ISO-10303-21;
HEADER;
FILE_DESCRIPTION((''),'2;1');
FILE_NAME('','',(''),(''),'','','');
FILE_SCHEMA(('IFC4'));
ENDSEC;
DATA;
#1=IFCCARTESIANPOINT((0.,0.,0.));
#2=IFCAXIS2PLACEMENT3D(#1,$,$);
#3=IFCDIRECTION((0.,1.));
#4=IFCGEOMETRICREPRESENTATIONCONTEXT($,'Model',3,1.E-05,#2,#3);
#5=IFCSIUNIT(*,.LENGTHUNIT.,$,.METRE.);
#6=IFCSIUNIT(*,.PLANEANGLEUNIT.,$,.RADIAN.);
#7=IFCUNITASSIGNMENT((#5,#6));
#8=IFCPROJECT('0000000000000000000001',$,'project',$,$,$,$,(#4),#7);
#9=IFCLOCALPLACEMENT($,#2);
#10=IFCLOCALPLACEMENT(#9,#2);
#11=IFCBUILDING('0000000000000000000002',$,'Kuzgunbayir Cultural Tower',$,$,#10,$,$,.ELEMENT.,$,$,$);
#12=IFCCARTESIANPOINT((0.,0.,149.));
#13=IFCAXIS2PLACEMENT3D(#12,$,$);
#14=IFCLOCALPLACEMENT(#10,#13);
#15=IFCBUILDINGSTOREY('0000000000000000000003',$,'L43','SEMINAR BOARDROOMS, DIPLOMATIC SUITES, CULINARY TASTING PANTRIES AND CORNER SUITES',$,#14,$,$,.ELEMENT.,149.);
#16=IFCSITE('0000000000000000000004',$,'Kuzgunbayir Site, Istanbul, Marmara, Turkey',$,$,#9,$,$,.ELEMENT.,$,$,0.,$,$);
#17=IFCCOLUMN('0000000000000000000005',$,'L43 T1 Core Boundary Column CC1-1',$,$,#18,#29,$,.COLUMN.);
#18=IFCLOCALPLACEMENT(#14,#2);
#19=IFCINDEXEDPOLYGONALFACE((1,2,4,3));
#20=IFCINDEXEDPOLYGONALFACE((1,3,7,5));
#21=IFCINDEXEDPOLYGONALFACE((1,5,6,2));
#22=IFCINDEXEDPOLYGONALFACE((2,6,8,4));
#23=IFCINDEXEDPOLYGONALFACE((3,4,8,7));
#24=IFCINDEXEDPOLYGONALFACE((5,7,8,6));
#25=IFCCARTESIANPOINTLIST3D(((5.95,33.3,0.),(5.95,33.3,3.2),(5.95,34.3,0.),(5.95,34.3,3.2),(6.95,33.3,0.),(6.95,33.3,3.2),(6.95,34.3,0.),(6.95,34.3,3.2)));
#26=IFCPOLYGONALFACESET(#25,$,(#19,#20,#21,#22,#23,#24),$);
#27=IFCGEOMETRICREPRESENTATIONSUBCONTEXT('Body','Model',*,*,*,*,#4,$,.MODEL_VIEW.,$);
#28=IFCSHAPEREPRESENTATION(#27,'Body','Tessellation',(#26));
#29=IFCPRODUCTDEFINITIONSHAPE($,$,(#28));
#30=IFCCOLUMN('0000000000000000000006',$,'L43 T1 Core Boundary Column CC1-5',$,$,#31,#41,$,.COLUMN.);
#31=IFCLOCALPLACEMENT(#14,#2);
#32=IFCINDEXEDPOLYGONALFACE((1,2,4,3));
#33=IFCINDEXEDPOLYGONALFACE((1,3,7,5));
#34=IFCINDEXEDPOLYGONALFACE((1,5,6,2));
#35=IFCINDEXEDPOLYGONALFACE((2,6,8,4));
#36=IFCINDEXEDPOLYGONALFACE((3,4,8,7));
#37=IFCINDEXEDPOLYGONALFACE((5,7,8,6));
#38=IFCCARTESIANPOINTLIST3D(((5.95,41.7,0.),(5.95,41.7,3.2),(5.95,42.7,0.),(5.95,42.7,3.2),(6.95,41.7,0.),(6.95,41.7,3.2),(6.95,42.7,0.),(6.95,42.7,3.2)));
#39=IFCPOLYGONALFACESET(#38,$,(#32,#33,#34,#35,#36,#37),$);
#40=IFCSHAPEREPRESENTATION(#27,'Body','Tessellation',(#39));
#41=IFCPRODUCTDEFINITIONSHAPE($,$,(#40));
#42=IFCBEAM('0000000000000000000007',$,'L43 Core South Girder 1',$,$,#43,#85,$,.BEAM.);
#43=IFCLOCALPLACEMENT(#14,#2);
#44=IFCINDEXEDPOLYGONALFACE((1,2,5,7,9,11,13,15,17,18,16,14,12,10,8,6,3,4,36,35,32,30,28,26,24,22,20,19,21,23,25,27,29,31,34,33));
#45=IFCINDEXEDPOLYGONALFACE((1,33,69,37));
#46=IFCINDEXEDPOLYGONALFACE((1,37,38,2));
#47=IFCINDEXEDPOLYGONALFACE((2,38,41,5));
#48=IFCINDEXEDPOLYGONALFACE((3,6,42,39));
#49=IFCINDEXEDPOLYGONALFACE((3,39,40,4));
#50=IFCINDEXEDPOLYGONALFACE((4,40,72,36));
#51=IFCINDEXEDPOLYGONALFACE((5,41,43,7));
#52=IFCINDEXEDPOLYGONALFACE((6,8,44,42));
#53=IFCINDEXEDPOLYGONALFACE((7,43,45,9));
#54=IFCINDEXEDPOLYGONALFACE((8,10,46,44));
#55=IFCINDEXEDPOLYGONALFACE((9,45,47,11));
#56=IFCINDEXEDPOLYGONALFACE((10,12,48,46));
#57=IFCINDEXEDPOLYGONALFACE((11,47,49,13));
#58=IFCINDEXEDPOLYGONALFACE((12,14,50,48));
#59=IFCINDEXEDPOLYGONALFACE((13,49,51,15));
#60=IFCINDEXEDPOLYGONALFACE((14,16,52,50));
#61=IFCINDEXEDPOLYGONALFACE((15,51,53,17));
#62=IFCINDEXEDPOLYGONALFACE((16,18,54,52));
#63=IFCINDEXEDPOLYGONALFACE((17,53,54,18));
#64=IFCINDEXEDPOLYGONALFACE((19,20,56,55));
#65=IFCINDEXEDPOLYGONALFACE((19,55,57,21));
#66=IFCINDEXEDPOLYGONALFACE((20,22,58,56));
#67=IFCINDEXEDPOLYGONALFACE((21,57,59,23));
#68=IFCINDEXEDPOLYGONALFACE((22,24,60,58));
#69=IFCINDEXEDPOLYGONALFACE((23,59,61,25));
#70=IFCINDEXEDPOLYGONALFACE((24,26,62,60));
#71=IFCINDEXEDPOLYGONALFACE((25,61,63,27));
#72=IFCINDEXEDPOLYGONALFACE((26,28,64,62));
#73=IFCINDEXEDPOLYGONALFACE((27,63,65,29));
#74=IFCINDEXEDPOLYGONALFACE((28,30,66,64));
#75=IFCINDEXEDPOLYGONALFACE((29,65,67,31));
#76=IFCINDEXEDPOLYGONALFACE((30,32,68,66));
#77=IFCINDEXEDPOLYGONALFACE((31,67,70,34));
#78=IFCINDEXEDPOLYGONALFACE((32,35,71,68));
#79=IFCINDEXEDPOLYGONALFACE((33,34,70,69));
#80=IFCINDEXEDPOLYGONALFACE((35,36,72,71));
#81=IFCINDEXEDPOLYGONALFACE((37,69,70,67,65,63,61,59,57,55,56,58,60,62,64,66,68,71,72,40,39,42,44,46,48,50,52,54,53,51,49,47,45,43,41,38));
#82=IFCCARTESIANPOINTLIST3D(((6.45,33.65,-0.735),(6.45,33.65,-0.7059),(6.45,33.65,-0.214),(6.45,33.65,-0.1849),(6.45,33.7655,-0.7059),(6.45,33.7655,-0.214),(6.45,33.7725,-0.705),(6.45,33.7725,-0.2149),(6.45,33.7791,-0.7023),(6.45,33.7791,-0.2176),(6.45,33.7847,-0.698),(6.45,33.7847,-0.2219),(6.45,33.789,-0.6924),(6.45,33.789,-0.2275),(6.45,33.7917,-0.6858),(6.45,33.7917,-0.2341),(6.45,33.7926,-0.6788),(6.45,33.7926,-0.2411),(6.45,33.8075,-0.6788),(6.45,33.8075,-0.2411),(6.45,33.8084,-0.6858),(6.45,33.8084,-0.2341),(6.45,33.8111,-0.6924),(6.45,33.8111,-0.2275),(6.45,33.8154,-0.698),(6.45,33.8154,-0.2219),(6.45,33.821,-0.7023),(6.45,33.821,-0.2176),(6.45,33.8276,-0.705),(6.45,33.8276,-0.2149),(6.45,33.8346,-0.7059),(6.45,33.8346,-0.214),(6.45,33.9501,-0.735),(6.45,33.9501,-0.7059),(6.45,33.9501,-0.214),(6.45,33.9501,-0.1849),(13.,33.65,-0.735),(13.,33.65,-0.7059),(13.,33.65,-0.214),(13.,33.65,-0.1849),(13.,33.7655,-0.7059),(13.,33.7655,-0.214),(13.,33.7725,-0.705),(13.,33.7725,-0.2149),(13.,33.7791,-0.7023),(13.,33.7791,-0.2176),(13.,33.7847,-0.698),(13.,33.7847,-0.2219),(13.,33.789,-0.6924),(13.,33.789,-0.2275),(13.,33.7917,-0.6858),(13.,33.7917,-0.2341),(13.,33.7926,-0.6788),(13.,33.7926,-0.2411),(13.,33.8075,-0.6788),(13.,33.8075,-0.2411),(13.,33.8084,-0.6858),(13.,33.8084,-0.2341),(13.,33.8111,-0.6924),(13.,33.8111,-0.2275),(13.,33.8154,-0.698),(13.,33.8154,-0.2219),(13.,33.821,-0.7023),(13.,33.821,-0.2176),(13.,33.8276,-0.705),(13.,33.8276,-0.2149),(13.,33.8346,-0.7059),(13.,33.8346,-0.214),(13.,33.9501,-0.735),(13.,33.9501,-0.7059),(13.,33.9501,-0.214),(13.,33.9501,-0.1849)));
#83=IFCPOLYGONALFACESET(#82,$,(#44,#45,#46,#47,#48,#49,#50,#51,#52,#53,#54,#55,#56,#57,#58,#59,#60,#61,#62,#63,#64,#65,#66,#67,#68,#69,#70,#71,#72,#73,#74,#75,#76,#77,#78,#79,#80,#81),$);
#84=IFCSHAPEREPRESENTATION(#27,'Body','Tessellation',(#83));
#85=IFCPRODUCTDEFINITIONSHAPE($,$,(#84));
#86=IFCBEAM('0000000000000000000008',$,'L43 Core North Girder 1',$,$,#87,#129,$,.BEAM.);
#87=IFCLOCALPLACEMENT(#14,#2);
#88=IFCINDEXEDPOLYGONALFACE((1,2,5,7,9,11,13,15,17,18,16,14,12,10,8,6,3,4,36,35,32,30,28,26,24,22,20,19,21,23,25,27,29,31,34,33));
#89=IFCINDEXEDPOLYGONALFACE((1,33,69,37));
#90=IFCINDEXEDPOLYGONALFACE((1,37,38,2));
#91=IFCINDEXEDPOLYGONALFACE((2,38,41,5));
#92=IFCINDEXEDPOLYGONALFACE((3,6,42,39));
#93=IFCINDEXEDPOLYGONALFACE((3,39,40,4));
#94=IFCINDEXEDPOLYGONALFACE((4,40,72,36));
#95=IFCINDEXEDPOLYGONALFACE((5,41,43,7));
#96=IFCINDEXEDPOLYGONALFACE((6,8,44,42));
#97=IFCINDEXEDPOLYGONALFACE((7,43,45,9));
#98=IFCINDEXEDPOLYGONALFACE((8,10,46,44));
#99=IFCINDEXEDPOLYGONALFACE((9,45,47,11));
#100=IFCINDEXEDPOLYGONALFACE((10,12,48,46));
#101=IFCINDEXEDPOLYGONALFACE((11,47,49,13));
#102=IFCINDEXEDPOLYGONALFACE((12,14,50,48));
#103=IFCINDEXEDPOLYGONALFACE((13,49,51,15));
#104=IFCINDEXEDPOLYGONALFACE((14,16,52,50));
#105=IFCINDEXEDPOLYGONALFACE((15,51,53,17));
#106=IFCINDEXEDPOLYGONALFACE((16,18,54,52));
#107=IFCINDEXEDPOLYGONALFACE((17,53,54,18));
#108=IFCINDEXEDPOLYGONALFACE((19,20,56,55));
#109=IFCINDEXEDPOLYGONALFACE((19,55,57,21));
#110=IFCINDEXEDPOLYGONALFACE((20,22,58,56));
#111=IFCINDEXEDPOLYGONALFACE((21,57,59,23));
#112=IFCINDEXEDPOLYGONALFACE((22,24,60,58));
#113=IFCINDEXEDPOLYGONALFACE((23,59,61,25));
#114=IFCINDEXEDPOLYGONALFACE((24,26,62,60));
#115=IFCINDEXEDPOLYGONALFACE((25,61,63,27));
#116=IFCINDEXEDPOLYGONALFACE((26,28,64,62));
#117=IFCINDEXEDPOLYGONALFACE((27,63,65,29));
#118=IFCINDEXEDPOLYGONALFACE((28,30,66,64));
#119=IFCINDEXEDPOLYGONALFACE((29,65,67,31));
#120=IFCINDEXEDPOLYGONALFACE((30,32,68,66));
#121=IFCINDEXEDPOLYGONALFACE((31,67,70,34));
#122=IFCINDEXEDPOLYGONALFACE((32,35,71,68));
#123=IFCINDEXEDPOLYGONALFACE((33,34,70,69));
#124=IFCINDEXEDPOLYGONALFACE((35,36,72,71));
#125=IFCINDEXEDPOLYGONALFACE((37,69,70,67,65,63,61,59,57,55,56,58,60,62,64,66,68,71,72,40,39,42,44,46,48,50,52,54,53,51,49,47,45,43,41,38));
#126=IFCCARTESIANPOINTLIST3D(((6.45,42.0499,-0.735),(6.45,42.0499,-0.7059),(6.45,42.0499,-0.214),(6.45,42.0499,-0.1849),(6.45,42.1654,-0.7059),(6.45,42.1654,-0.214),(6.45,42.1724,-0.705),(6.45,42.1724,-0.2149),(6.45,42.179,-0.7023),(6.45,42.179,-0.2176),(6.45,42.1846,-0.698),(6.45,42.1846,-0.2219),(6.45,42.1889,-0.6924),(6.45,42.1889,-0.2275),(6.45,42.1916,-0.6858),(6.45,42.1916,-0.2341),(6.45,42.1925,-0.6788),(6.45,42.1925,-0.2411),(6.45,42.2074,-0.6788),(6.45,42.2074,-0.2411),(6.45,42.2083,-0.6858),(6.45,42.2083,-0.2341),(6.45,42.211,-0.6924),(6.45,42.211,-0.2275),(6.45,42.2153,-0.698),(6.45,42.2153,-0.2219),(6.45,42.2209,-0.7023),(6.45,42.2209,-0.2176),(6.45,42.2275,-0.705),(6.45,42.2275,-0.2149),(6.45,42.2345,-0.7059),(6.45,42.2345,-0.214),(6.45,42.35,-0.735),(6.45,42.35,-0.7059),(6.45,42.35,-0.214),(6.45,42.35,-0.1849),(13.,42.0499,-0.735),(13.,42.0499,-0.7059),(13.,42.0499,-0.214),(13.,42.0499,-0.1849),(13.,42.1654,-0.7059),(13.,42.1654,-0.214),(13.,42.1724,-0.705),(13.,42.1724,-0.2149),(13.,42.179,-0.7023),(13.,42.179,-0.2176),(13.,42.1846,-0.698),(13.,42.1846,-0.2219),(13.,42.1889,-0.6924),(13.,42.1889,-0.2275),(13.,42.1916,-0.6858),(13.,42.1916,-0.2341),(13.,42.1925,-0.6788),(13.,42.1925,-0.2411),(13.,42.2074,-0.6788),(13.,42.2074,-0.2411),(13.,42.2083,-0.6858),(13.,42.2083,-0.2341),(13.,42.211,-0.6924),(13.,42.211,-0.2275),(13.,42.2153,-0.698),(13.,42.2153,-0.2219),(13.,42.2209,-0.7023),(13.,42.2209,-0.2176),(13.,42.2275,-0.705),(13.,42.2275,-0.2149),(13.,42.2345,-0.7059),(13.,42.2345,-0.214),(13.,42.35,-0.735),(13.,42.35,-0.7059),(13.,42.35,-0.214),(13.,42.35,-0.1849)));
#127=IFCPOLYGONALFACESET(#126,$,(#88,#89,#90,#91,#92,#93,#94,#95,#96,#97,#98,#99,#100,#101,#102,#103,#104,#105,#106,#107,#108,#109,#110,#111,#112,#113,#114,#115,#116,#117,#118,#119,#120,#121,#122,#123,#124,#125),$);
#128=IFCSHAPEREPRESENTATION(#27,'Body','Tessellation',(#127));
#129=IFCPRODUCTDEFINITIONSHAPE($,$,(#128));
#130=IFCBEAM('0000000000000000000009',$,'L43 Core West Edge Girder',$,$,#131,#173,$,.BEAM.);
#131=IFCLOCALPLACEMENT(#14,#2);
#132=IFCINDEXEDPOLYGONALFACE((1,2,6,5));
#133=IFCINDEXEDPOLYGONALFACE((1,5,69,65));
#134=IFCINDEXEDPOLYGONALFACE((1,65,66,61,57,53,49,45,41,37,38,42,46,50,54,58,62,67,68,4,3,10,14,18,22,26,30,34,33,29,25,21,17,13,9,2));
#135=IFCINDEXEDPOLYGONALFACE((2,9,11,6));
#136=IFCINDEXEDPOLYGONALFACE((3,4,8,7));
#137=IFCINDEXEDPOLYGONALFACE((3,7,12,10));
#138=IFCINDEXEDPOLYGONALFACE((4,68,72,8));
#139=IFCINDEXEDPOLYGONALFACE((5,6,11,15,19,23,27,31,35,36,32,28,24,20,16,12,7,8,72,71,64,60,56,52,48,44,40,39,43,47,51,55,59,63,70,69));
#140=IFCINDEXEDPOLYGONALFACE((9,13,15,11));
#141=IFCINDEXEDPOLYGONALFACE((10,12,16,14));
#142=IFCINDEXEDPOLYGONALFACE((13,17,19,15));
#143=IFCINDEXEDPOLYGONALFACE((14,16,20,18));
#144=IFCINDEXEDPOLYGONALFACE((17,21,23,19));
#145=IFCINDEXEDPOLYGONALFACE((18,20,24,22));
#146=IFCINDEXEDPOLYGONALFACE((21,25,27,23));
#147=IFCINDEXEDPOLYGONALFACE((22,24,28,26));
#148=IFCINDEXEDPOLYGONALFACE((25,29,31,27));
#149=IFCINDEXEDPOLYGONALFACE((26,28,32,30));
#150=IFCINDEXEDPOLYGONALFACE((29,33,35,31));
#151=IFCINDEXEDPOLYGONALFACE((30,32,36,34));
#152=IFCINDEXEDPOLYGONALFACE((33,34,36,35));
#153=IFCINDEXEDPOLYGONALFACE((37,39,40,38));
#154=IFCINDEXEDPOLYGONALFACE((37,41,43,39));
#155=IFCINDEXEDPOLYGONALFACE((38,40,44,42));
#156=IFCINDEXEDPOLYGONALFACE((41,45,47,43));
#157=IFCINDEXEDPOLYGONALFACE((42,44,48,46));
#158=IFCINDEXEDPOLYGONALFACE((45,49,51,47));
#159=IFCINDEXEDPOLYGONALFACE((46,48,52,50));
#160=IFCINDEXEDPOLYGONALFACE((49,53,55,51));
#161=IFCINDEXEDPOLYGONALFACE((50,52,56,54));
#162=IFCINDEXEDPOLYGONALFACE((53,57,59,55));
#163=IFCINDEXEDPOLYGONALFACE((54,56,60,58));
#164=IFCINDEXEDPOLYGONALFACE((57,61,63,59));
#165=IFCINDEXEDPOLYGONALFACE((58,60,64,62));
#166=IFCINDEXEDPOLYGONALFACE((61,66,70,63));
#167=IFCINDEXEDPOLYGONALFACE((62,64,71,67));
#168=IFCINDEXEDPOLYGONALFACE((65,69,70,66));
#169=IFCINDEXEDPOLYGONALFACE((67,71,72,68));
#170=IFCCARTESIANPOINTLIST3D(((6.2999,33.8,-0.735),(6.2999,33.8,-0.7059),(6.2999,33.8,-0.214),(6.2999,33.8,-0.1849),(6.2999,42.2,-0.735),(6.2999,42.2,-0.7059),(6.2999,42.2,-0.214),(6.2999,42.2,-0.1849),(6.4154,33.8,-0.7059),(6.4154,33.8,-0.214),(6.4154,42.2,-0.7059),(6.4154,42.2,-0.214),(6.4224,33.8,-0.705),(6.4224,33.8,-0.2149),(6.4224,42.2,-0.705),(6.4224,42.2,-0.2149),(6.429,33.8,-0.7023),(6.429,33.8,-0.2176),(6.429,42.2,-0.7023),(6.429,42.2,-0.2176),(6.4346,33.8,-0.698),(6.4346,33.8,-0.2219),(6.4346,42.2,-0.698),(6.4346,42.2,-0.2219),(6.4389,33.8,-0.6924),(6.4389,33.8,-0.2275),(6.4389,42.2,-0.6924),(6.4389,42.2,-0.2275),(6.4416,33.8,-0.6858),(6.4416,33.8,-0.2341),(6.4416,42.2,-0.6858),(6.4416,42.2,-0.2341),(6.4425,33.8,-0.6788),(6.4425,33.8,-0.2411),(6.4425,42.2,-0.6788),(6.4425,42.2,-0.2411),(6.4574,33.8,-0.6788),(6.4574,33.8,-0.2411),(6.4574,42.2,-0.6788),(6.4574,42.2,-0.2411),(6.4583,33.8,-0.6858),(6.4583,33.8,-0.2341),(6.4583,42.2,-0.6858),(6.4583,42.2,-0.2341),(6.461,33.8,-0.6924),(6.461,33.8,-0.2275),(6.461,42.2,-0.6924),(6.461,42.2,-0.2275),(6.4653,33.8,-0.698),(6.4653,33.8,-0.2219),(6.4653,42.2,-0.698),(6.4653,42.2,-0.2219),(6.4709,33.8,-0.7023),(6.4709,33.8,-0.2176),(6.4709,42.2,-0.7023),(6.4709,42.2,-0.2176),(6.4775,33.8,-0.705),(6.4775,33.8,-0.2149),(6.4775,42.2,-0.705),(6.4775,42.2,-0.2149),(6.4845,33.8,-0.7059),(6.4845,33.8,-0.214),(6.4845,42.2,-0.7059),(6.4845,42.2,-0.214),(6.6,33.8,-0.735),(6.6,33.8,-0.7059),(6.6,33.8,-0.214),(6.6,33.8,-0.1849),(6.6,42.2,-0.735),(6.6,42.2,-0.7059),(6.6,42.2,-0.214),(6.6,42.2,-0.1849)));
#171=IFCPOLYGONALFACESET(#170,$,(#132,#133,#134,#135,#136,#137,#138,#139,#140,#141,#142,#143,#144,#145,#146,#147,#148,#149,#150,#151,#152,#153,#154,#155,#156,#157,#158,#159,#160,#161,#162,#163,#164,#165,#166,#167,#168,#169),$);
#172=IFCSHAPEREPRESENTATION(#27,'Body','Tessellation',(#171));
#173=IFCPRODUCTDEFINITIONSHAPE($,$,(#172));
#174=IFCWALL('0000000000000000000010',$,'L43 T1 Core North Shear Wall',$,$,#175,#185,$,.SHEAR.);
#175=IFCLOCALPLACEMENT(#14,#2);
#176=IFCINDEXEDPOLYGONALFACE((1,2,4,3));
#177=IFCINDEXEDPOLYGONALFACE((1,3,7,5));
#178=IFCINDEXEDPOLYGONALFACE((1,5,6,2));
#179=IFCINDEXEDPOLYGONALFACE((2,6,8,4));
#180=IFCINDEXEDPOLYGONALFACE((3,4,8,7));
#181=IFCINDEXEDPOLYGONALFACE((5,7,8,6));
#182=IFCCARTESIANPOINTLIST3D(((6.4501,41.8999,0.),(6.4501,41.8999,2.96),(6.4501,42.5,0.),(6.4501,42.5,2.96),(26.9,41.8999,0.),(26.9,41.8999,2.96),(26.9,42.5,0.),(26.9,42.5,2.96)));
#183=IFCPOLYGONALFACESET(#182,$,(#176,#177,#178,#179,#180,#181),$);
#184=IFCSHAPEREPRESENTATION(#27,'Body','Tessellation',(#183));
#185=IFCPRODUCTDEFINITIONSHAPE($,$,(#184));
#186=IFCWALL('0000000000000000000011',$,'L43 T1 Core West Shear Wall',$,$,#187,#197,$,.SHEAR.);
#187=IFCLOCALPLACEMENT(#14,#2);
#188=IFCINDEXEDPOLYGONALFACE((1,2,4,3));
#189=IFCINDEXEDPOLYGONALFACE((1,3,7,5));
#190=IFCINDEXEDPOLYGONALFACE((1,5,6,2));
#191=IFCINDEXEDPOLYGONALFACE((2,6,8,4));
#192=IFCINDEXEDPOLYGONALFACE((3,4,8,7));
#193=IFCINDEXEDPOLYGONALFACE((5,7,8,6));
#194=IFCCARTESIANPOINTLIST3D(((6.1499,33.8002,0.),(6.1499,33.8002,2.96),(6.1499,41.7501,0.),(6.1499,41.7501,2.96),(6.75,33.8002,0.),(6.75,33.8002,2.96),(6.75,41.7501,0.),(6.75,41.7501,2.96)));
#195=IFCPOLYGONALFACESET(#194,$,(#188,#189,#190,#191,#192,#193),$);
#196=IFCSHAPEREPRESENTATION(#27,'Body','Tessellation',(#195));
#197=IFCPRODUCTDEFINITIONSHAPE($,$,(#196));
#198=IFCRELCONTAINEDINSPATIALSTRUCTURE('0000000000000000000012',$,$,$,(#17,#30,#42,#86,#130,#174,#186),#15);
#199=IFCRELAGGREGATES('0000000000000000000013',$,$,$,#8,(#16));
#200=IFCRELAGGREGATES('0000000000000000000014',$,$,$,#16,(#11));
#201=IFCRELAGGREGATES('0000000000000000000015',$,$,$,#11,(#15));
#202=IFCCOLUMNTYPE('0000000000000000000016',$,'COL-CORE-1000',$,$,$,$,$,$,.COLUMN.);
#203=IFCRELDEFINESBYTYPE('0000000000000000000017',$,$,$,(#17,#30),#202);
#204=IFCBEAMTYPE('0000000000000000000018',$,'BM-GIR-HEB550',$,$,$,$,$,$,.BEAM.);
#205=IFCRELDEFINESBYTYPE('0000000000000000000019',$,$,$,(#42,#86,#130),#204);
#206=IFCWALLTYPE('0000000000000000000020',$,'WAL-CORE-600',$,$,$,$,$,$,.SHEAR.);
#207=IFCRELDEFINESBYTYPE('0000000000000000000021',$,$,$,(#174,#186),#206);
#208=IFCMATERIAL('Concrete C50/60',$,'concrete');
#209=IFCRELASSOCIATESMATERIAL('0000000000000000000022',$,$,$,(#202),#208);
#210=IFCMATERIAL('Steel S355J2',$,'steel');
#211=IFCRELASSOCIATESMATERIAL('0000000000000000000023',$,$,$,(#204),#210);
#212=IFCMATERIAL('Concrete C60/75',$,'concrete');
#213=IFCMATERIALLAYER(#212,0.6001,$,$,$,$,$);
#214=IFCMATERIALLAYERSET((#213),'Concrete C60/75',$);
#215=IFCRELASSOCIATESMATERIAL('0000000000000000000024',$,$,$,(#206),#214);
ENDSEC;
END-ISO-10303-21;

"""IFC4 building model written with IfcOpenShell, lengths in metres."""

from ifc_helpers import new_model, si_unit, direction, frame, frame_2d, origin, origin_2d, place, context, subcontext, project, spatial, rectangle, i_section, extrude, material, layer, layer_set, material_profile, profile_set, type_object, element, save


model = new_model("IFC4")

# Units and contexts
model_context = context("Model", 3, precision=1e-05, world=origin(), true_north=direction((0.0, 1.0)))
body_context = subcontext(model_context, "Body", "Model", "MODEL_VIEW")
ifc_project = project(units=[si_unit("LENGTHUNIT", "METRE"), si_unit("PLANEANGLEUNIT", "RADIAN")], contexts=[model_context])

# Site, building, storey
site_placement = place(None, origin())
site = spatial("IfcSite", under=ifc_project, at=site_placement, Name="Kuzgunbayir Site, Istanbul, Marmara, Turkey", CompositionType="ELEMENT", RefElevation=0.0)
building_placement = place(site_placement, origin())
building = spatial("IfcBuilding", under=site, at=building_placement, Name="Kuzgunbayir Cultural Tower", CompositionType="ELEMENT")
storey_placement = place(building_placement, frame((0.0, 0.0, 149.0)))
storey = spatial("IfcBuildingStorey", under=building, at=storey_placement, Name="L43", Description="SEMINAR BOARDROOMS, DIPLOMATIC SUITES, CULINARY TASTING PANTRIES AND CORNER SUITES", CompositionType="ELEMENT", Elevation=149.0)

# Columns
ifc_material_1 = material(Name="Concrete C50/60", Category="concrete")
ifc_material_profile_1 = material_profile(ifc_material_1, rectangle(XDim=1.0, YDim=1.0, at=origin_2d()), Name="RC 1000x1000")
ifc_profile_set_1 = profile_set([ifc_material_profile_1], Name="Concrete C50/60")
column_type = type_object("IfcColumnType", Name="COL-CORE-1000", PredefinedType="COLUMN", material=ifc_profile_set_1)
for number, where, z_axis, x_axis, name in (
    (1, (6.45, 33.8, 0.0), (0.0, 0.0, 1.0), (1.0, 0.0, 0.0), "L43 T1 Core Boundary Column CC1-1"),
    (2, (6.45, 42.2, 0.0), (0.0, 0.0, 1.0), (1.0, 0.0, 0.0), "L43 T1 Core Boundary Column CC1-5"),
):
    element("IfcColumn", number, at=place(storey_placement, frame(where, z_axis=z_axis, x_axis=x_axis)), inside=storey, type_object=column_type, Name=name, PredefinedType="COLUMN", context=body_context, shape_type="SweptSolid", body=[
        extrude(rectangle(XDim=1.0, YDim=1.0, at=origin_2d()), origin(), (0.0, 0.0, 1.0), 3.2),
    ])

# Beams
ifc_material_2 = material(Name="Steel S355J2", Category="steel")
ifc_material_profile_2 = material_profile(ifc_material_2, i_section(OverallWidth=0.3, OverallDepth=0.55, WebThickness=0.0149, FlangeThickness=0.0291, FilletRadius=0.0271, at=origin_2d()), Name="HEB 550")
ifc_profile_set_2 = profile_set([ifc_material_profile_2], Name="Steel S355J2")
beam_type = type_object("IfcBeamType", Name="BM-GIR-HEB550", PredefinedType="BEAM", material=ifc_profile_set_2)
for number, where, z_axis, x_axis, name in (
    (3, (6.45, 33.8, -0.46), (1.0, 0.0, 0.0), (0.0, 1.0, 0.0), "L43 Core South Girder 1"),
    (4, (6.45, 42.2, -0.46), (1.0, 0.0, 0.0), (0.0, 1.0, 0.0), "L43 Core North Girder 1"),
):
    element("IfcBeam", number, at=place(storey_placement, frame(where, z_axis=z_axis, x_axis=x_axis)), inside=storey, type_object=beam_type, Name=name, PredefinedType="BEAM", context=body_context, shape_type="SweptSolid", body=[
        extrude(i_section(OverallWidth=0.3, OverallDepth=0.55, WebThickness=0.0149, FlangeThickness=0.0291, FilletRadius=0.0271, at=origin_2d()), origin(), (0.0, 0.0, 1.0), 6.55),
    ])
beam_placement = place(storey_placement, frame((6.45, 33.8, -0.46), z_axis=(0.0, 1.0, 0.0), x_axis=(-1.0, 0.0, 0.0)))
element("IfcBeam", 5, at=beam_placement, inside=storey, type_object=beam_type, Name="L43 Core West Edge Girder", PredefinedType="BEAM", context=body_context, shape_type="SweptSolid", body=[
    extrude(i_section(OverallWidth=0.3, OverallDepth=0.55, WebThickness=0.0149, FlangeThickness=0.0291, FilletRadius=0.0271, at=origin_2d()), origin(), (0.0, 0.0, 1.0), 8.3999),
])

# Walls
ifc_material_3 = material(Name="Concrete C60/75", Category="concrete")
ifc_layer_1 = layer(ifc_material_3, 0.6001)
ifc_layer_set_1 = layer_set([ifc_layer_1], Name="Concrete C60/75")
wall_type_1 = type_object("IfcWallType", Name="WAL-CORE-600", PredefinedType="SHEAR", material=ifc_layer_set_1)
wall_1_placement = place(storey_placement, frame((6.45, 42.2, 0.0), z_axis=(0.0, 0.0, 1.0), x_axis=(1.0, 0.0, 0.0)))
element("IfcWall", 6, at=wall_1_placement, inside=storey, type_object=wall_type_1, Name="L43 T1 Core North Shear Wall", PredefinedType="SHEAR", context=body_context, shape_type="SweptSolid", body=[
    extrude(rectangle(XDim=20.45, YDim=0.6001, at=frame_2d((10.2251, 0.0))), origin(), (0.0, 0.0, 1.0), 2.96),
])
wall_2_placement = place(storey_placement, frame((6.45, 33.8, 0.0), z_axis=(0.0, 0.0, 1.0), x_axis=(0.0, 1.0, 0.0)))
element("IfcWall", 7, at=wall_2_placement, inside=storey, type_object=wall_type_1, Name="L43 T1 Core West Shear Wall", PredefinedType="SHEAR", context=body_context, shape_type="SweptSolid", body=[
    extrude(rectangle(XDim=7.95, YDim=0.6001, at=frame_2d((3.9751, 0.0))), origin(), (0.0, 0.0, 1.0), 2.96),
])

save(model, "model.ifc")
